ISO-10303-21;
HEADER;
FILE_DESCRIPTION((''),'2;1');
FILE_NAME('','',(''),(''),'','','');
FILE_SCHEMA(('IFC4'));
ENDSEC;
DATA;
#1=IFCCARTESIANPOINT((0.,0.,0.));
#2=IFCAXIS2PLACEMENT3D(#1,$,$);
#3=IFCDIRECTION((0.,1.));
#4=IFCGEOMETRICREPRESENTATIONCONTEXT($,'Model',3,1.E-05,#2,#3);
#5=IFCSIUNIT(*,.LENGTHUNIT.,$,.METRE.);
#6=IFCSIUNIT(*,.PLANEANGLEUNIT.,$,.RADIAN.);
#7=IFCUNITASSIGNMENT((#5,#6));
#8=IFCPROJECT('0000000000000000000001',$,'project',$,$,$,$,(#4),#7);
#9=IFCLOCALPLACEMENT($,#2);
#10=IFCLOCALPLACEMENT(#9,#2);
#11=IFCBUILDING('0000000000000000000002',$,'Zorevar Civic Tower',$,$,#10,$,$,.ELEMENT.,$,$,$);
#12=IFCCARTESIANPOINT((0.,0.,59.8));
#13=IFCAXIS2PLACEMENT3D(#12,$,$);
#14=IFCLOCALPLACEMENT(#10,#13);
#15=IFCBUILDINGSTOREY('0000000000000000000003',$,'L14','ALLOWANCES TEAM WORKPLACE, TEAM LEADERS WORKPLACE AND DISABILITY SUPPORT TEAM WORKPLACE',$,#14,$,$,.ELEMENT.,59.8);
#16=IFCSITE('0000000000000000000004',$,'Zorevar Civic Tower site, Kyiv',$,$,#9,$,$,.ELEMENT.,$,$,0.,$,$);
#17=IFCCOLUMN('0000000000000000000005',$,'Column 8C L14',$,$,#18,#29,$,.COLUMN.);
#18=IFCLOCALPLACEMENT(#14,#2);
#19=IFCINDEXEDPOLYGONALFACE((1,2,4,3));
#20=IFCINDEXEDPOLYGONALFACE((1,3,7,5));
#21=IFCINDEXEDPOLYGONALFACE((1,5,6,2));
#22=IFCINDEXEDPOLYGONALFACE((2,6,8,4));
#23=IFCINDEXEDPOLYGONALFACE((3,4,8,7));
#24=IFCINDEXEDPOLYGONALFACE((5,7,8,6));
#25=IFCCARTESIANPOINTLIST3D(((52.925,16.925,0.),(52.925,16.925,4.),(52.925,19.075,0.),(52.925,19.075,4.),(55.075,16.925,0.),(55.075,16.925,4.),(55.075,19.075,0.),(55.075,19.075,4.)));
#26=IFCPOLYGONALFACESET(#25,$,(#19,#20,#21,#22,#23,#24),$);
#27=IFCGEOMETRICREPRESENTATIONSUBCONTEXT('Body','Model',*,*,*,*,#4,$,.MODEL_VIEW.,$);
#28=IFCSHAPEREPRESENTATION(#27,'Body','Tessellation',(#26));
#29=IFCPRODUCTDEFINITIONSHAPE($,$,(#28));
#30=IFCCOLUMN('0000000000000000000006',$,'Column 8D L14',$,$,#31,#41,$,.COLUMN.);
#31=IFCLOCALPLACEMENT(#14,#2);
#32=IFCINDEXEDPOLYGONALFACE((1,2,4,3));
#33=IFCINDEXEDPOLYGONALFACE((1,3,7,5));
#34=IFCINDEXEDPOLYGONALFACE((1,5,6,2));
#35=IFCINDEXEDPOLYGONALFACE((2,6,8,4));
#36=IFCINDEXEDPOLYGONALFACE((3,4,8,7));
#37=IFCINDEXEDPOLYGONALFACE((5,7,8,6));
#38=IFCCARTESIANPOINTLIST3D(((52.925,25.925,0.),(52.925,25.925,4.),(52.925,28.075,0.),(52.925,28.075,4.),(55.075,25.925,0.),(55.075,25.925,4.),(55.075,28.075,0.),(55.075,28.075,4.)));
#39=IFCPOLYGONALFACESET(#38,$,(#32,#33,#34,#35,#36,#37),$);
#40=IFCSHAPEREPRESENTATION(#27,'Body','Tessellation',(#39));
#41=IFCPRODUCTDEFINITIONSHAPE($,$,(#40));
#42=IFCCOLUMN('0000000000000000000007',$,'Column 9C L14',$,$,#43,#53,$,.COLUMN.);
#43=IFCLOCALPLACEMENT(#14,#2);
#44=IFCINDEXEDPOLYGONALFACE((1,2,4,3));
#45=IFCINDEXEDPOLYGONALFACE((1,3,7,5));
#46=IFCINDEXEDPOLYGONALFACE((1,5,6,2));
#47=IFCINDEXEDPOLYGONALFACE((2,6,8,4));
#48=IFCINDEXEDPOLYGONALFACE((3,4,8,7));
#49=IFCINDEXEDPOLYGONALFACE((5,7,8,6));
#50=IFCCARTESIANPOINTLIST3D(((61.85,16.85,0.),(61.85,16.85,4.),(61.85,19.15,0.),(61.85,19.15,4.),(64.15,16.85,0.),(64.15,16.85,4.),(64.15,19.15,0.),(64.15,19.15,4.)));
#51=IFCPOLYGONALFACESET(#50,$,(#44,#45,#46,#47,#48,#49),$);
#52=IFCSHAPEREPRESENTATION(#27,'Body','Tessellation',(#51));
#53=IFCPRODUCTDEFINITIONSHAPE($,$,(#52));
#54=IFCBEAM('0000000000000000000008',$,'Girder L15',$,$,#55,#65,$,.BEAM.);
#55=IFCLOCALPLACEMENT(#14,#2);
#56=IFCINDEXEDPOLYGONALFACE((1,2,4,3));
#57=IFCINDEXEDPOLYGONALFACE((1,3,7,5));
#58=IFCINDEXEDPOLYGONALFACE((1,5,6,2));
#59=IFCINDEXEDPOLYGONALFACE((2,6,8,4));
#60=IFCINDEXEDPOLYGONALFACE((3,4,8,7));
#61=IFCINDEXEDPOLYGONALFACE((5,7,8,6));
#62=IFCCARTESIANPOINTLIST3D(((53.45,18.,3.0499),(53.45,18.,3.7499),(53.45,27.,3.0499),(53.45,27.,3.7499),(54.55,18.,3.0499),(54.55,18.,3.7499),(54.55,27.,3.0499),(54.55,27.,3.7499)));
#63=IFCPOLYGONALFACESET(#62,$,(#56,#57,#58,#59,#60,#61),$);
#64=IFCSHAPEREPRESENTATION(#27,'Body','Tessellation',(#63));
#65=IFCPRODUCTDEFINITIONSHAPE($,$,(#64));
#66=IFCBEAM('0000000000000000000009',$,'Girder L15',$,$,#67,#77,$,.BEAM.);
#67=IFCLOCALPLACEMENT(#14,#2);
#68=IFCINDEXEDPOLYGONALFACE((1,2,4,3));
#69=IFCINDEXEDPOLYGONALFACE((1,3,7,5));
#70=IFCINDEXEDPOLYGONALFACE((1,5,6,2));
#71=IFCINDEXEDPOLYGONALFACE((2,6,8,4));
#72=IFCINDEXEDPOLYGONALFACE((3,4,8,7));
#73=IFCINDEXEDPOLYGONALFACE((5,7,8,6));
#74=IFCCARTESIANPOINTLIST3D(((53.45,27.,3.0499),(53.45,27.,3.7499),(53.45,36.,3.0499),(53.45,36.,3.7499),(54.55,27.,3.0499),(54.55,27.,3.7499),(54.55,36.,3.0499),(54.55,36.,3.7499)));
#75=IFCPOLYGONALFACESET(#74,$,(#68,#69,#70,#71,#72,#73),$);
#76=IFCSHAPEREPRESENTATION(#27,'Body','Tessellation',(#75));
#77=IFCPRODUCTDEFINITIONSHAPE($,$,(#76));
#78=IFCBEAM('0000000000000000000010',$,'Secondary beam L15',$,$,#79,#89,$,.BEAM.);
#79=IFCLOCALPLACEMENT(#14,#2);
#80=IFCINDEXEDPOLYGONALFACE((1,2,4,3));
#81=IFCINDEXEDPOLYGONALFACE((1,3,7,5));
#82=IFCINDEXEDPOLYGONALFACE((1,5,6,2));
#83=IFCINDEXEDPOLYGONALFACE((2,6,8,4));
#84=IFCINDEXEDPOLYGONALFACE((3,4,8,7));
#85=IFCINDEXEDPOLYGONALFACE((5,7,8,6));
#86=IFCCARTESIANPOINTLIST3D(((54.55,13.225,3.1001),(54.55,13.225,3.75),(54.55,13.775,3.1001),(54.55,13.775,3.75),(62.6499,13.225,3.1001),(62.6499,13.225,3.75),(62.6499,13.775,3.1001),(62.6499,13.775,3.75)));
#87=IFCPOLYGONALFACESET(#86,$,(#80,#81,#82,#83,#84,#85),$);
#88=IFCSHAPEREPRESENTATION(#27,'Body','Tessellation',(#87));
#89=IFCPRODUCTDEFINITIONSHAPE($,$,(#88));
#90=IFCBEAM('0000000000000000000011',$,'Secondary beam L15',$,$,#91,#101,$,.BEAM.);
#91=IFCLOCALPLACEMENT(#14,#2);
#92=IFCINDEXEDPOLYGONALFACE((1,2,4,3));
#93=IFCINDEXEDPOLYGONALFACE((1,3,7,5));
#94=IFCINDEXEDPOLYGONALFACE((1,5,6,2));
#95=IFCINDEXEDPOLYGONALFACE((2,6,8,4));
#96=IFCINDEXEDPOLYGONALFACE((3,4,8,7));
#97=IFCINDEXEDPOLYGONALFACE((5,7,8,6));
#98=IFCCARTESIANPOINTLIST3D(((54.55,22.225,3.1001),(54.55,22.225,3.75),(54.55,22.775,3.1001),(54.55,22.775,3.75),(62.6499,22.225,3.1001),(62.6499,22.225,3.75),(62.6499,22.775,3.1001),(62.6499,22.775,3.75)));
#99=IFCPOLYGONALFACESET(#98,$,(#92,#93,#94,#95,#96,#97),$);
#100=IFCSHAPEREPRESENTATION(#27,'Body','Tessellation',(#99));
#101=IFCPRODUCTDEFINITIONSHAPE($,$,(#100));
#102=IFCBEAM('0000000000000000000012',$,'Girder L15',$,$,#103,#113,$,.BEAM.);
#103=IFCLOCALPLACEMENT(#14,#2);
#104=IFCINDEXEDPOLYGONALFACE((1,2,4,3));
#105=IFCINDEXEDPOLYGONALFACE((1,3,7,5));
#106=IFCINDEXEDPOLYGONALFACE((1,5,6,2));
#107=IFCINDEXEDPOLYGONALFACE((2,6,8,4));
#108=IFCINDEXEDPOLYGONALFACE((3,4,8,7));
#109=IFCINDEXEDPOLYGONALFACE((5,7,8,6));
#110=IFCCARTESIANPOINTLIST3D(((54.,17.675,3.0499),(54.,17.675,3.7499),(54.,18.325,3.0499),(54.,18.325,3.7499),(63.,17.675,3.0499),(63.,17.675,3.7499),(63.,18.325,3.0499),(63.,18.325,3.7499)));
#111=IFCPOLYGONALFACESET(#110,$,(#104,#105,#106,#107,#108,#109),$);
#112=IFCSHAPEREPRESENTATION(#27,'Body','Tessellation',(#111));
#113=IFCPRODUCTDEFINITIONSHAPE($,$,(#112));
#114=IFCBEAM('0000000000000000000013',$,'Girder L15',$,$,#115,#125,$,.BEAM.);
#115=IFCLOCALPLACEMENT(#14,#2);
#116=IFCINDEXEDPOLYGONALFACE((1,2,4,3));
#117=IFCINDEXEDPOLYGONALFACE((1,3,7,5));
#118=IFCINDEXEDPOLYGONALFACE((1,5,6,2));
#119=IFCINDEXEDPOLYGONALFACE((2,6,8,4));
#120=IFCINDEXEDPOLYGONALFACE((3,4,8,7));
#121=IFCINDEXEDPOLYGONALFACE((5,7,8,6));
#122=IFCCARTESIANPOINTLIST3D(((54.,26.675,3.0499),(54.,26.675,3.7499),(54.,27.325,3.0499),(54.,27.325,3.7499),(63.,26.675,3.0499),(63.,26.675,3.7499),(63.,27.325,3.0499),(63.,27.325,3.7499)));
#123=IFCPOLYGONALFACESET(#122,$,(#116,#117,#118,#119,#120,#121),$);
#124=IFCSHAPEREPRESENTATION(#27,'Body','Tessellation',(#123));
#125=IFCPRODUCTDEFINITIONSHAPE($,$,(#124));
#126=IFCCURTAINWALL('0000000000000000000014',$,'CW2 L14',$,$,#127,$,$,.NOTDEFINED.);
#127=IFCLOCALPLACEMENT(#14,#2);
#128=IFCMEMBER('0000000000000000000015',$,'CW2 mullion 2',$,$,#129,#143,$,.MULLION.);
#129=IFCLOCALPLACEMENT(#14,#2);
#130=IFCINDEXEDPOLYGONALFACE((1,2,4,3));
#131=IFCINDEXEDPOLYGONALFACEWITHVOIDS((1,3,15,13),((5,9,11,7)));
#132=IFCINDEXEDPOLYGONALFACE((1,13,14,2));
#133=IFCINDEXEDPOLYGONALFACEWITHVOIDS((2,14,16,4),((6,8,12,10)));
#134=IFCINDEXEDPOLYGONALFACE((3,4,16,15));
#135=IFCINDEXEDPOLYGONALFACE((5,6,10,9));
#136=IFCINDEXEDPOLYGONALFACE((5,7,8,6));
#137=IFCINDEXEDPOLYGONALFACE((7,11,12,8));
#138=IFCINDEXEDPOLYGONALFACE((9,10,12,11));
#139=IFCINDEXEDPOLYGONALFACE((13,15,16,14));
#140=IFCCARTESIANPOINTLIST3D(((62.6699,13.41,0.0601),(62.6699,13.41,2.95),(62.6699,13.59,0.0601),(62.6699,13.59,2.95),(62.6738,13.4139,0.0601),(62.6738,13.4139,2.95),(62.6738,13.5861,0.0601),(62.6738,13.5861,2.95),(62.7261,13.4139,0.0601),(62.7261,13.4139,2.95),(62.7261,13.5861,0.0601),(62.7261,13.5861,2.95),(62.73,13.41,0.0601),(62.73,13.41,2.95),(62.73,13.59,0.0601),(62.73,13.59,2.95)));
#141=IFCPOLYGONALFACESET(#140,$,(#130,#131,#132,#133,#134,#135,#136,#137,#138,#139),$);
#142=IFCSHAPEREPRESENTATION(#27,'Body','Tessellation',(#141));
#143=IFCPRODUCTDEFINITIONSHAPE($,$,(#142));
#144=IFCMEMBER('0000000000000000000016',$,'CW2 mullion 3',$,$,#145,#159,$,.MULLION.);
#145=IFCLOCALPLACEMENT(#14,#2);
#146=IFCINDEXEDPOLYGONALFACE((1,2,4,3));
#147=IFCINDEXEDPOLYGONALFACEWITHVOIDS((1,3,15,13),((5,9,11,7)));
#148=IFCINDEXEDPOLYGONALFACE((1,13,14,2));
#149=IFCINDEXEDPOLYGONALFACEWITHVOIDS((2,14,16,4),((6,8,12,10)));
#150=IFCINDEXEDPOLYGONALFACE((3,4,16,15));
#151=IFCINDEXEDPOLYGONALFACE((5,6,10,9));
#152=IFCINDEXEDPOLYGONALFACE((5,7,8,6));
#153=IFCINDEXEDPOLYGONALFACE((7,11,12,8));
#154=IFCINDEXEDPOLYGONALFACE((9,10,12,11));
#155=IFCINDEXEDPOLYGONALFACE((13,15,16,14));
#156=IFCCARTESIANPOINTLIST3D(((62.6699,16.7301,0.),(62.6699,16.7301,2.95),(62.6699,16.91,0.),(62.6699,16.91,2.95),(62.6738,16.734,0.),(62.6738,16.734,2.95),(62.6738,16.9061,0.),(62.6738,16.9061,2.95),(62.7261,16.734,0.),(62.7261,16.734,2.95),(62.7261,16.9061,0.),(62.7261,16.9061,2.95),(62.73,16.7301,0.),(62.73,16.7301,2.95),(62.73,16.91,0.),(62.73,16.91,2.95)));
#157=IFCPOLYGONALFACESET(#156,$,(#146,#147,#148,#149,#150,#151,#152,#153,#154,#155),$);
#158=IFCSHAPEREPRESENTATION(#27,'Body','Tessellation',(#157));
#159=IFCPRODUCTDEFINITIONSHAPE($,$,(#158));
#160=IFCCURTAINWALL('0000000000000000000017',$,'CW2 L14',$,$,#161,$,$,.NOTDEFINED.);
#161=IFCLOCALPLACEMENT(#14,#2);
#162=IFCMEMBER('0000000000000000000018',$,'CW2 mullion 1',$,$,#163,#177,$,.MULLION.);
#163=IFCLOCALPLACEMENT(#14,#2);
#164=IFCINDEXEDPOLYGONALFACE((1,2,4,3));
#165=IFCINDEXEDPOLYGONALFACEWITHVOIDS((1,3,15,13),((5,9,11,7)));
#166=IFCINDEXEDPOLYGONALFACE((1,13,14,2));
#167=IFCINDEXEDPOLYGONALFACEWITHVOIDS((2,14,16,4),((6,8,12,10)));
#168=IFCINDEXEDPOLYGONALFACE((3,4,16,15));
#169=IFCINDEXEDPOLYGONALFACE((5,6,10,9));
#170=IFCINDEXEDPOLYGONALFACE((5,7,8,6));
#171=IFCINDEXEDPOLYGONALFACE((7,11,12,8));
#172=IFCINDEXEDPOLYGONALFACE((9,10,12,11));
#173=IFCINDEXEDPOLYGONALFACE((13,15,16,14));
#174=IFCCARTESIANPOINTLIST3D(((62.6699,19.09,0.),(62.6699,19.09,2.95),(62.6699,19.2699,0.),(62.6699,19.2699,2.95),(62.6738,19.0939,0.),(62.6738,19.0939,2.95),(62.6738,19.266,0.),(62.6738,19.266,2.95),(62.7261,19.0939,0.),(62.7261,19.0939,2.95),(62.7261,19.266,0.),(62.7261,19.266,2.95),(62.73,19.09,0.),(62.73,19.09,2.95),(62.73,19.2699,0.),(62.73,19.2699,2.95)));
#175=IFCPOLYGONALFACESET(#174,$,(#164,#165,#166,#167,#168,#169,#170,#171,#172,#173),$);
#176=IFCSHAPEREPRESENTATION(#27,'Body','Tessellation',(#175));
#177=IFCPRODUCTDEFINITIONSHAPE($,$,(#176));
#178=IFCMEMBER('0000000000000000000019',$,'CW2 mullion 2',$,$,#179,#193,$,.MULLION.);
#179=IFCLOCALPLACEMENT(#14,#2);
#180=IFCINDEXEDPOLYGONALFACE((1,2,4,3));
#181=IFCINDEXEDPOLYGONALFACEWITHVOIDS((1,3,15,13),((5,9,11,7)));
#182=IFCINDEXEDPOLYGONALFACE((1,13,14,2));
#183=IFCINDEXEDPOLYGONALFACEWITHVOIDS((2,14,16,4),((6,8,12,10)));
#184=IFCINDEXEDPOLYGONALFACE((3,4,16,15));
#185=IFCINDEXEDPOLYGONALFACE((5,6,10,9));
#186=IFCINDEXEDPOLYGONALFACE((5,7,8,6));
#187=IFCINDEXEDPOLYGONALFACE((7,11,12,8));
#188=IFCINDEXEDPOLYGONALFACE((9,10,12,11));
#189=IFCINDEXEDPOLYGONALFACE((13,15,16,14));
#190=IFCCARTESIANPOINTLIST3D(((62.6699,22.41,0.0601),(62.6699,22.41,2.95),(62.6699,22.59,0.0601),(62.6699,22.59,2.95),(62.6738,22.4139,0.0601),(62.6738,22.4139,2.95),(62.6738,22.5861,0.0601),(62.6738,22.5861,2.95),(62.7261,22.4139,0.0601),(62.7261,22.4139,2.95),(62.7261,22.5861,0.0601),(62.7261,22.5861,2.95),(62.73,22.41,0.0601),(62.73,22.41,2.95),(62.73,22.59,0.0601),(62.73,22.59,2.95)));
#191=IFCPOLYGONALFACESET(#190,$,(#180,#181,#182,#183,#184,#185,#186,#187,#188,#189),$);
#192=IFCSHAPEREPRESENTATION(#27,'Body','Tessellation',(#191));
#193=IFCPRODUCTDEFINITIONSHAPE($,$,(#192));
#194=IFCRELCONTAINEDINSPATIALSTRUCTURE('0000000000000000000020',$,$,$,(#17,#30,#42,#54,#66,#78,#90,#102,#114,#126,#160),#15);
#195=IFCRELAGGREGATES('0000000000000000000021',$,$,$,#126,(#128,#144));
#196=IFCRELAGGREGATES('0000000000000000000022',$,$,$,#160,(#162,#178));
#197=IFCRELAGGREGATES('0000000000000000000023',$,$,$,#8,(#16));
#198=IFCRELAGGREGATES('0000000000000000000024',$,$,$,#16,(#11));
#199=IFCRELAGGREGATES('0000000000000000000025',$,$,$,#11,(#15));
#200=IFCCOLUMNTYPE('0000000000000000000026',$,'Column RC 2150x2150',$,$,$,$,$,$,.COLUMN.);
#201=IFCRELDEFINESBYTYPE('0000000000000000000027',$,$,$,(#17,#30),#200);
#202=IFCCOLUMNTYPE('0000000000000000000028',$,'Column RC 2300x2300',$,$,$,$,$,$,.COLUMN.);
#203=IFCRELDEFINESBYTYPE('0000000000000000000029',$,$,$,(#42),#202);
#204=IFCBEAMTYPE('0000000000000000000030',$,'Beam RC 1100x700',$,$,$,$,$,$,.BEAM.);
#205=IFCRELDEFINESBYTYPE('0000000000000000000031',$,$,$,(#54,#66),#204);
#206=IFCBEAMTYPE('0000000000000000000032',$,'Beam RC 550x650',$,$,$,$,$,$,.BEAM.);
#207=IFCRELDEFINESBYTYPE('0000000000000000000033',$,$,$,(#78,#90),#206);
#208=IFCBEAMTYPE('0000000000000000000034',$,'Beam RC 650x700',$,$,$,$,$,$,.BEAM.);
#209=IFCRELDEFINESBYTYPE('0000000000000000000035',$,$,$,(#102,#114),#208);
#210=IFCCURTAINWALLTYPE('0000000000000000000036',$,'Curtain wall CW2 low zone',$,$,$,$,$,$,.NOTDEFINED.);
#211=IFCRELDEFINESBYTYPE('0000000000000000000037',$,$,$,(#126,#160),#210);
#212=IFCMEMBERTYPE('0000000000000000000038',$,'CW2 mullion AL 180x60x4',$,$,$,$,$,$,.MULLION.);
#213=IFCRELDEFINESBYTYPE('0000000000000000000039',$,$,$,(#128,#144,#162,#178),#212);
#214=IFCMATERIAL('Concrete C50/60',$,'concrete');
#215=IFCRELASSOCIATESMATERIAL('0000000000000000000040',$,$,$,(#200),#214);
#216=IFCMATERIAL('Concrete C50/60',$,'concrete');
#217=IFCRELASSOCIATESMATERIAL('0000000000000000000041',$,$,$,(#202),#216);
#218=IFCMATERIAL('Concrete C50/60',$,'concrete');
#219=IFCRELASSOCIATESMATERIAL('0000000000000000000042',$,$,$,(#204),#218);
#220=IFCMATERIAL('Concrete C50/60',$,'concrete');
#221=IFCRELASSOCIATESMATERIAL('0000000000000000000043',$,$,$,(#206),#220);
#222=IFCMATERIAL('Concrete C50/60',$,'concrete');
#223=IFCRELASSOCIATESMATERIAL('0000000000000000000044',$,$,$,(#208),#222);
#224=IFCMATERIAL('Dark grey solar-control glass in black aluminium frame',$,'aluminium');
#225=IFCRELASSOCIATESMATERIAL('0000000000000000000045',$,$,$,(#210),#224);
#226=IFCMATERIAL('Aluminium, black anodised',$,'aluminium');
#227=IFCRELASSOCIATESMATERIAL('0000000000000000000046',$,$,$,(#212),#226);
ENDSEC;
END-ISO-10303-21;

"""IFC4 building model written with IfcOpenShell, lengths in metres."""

from ifc_helpers import new_model, si_unit, direction, frame, origin, origin_2d, place, context, subcontext, project, spatial, rectangle, hollow_rectangle, extrude, material, material_profile, profile_set, type_object, element, aggregate, save


model = new_model("IFC4")

# Units and contexts
model_context = context("Model", 3, precision=1e-05, world=origin(), true_north=direction((0.0, 1.0)))
body_context = subcontext(model_context, "Body", "Model", "MODEL_VIEW")
ifc_project = project(units=[si_unit("LENGTHUNIT", "METRE"), si_unit("PLANEANGLEUNIT", "RADIAN")], contexts=[model_context])

# Site, building, storey
site_placement = place(None, origin())
site = spatial("IfcSite", under=ifc_project, at=site_placement, Name="Zorevar Civic Tower site, Kyiv", CompositionType="ELEMENT", RefElevation=0.0)
building_placement = place(site_placement, origin())
building = spatial("IfcBuilding", under=site, at=building_placement, Name="Zorevar Civic Tower", CompositionType="ELEMENT")
storey_placement = place(building_placement, frame((0.0, 0.0, 59.8)))
storey = spatial("IfcBuildingStorey", under=building, at=storey_placement, Name="L14", Description="ALLOWANCES TEAM WORKPLACE, TEAM LEADERS WORKPLACE AND DISABILITY SUPPORT TEAM WORKPLACE", CompositionType="ELEMENT", Elevation=59.8)

# Columns
ifc_material_1 = material(Name="Concrete C50/60", Category="concrete")
ifc_material_profile_1 = material_profile(ifc_material_1, rectangle(XDim=2.1499, YDim=2.1499, at=origin_2d()), Name="RC 2150x2150")
ifc_profile_set_1 = profile_set([ifc_material_profile_1], Name="Concrete C50/60")
column_type_1 = type_object("IfcColumnType", Name="Column RC 2150x2150", PredefinedType="COLUMN", material=ifc_profile_set_1)
for number, where, z_axis, x_axis, name in (
    (1, (54.0, 18.0, 0.0), (0.0, 0.0, 1.0), (1.0, 0.0, 0.0), "Column 8C L14"),
    (2, (54.0, 27.0, 0.0), (0.0, 0.0, 1.0), (1.0, 0.0, 0.0), "Column 8D L14"),
):
    element("IfcColumn", number, at=place(storey_placement, frame(where, z_axis=z_axis, x_axis=x_axis)), inside=storey, type_object=column_type_1, Name=name, PredefinedType="COLUMN", context=body_context, shape_type="SweptSolid", body=[
        extrude(rectangle(XDim=2.1499, YDim=2.1499, at=origin_2d()), origin(), (0.0, 0.0, 1.0), 4.0),
    ])
ifc_material_2 = material(Name="Concrete C50/60", Category="concrete")
ifc_material_profile_2 = material_profile(ifc_material_2, rectangle(XDim=2.3, YDim=2.3, at=origin_2d()), Name="RC 2300x2300")
ifc_profile_set_2 = profile_set([ifc_material_profile_2], Name="Concrete C50/60")
column_type_2 = type_object("IfcColumnType", Name="Column RC 2300x2300", PredefinedType="COLUMN", material=ifc_profile_set_2)
column_placement = place(storey_placement, frame((63.0, 18.0, 0.0), z_axis=(0.0, 0.0, 1.0), x_axis=(1.0, 0.0, 0.0)))
element("IfcColumn", 3, at=column_placement, inside=storey, type_object=column_type_2, Name="Column 9C L14", PredefinedType="COLUMN", context=body_context, shape_type="SweptSolid", body=[
    extrude(rectangle(XDim=2.3, YDim=2.3, at=origin_2d()), origin(), (0.0, 0.0, 1.0), 4.0),
])

# Beams
ifc_material_3 = material(Name="Concrete C50/60", Category="concrete")
ifc_material_profile_3 = material_profile(ifc_material_3, rectangle(XDim=1.1001, YDim=0.7, at=origin_2d()), Name="RC 1100x700")
ifc_profile_set_3 = profile_set([ifc_material_profile_3], Name="Concrete C50/60")
beam_type_1 = type_object("IfcBeamType", Name="Beam RC 1100x700", PredefinedType="BEAM", material=ifc_profile_set_3)
for number, where, z_axis, x_axis, name in (
    (4, (54.0, 18.0, 3.3999), (0.0, 1.0, 0.0), (-1.0, 0.0, 0.0), "Girder L15"),
    (5, (54.0, 27.0, 3.3999), (0.0, 1.0, 0.0), (-1.0, 0.0, 0.0), "Girder L15"),
):
    element("IfcBeam", number, at=place(storey_placement, frame(where, z_axis=z_axis, x_axis=x_axis)), inside=storey, type_object=beam_type_1, Name=name, PredefinedType="BEAM", context=body_context, shape_type="SweptSolid", body=[
        extrude(rectangle(XDim=1.1001, YDim=0.7, at=origin_2d()), origin(), (0.0, 0.0, 1.0), 9.0),
    ])
ifc_material_4 = material(Name="Concrete C50/60", Category="concrete")
ifc_material_profile_4 = material_profile(ifc_material_4, rectangle(XDim=0.55, YDim=0.6499, at=origin_2d()), Name="RC 550x650")
ifc_profile_set_4 = profile_set([ifc_material_profile_4], Name="Concrete C50/60")
beam_type_2 = type_object("IfcBeamType", Name="Beam RC 550x650", PredefinedType="BEAM", material=ifc_profile_set_4)
for number, where, z_axis, x_axis, name in (
    (6, (54.55, 13.5, 3.425), (1.0, 0.0, 0.0), (0.0, 1.0, 0.0), "Secondary beam L15"),
    (7, (54.55, 22.5, 3.425), (1.0, 0.0, 0.0), (0.0, 1.0, 0.0), "Secondary beam L15"),
):
    element("IfcBeam", number, at=place(storey_placement, frame(where, z_axis=z_axis, x_axis=x_axis)), inside=storey, type_object=beam_type_2, Name=name, PredefinedType="BEAM", context=body_context, shape_type="SweptSolid", body=[
        extrude(rectangle(XDim=0.55, YDim=0.6499, at=origin_2d()), origin(), (0.0, 0.0, 1.0), 8.0999),
    ])
ifc_material_5 = material(Name="Concrete C50/60", Category="concrete")
ifc_material_profile_5 = material_profile(ifc_material_5, rectangle(XDim=0.6499, YDim=0.7, at=origin_2d()), Name="RC 650x700")
ifc_profile_set_5 = profile_set([ifc_material_profile_5], Name="Concrete C50/60")
beam_type_3 = type_object("IfcBeamType", Name="Beam RC 650x700", PredefinedType="BEAM", material=ifc_profile_set_5)
for number, where, z_axis, x_axis, name in (
    (8, (54.0, 18.0, 3.3999), (1.0, 0.0, 0.0), (0.0, 1.0, 0.0), "Girder L15"),
    (9, (54.0, 27.0, 3.3999), (1.0, 0.0, 0.0), (0.0, 1.0, 0.0), "Girder L15"),
):
    element("IfcBeam", number, at=place(storey_placement, frame(where, z_axis=z_axis, x_axis=x_axis)), inside=storey, type_object=beam_type_3, Name=name, PredefinedType="BEAM", context=body_context, shape_type="SweptSolid", body=[
        extrude(rectangle(XDim=0.6499, YDim=0.7, at=origin_2d()), origin(), (0.0, 0.0, 1.0), 9.0),
    ])

# Curtain walls, members
ifc_material_6 = material(Name="Dark grey solar-control glass in black aluminium frame", Category="aluminium")
curtain_wall_type = type_object("IfcCurtainWallType", Name="Curtain wall CW2 low zone", PredefinedType="NOTDEFINED", material=ifc_material_6)
curtain_wall_1_placement = place(storey_placement, origin())
curtain_wall_1 = element("IfcCurtainWall", 10, at=curtain_wall_1_placement, inside=storey, type_object=curtain_wall_type, Name="CW2 L14", PredefinedType="NOTDEFINED")
ifc_material_7 = material(Name="Aluminium, black anodised", Category="aluminium")
ifc_material_profile_6 = material_profile(ifc_material_7, hollow_rectangle(XDim=0.0601, YDim=0.1799, WallThickness=0.0039, at=origin_2d()), Name="AL 180x60x4")
ifc_profile_set_6 = profile_set([ifc_material_profile_6], Name="Aluminium, black anodised")
member_type_1 = type_object("IfcMemberType", Name="CW2 mullion AL 180x60x4", PredefinedType="MULLION", material=ifc_profile_set_6)
member_1_placement = place(storey_placement, frame((62.7, 13.5, 0.0601), z_axis=(0.0, 0.0, 1.0), x_axis=(-1.0, 0.0, 0.0)))
member_1 = element("IfcMember", 11, at=member_1_placement, type_object=member_type_1, Name="CW2 mullion 2", PredefinedType="MULLION", context=body_context, shape_type="SweptSolid", body=[
    extrude(hollow_rectangle(XDim=0.0601, YDim=0.1799, WallThickness=0.0039, at=origin_2d()), origin(), (0.0, 0.0, 1.0), 2.8899),
])
member_2_placement = place(storey_placement, frame((62.7, 16.8201, 0.0), z_axis=(0.0, 0.0, 1.0), x_axis=(-1.0, 0.0, 0.0)))
member_2 = element("IfcMember", 12, at=member_2_placement, type_object=member_type_1, Name="CW2 mullion 3", PredefinedType="MULLION", context=body_context, shape_type="SweptSolid", body=[
    extrude(hollow_rectangle(XDim=0.0601, YDim=0.1799, WallThickness=0.0039, at=origin_2d()), origin(), (0.0, 0.0, 1.0), 2.95),
])
curtain_wall_2_placement = place(storey_placement, origin())
curtain_wall_2 = element("IfcCurtainWall", 13, at=curtain_wall_2_placement, inside=storey, type_object=curtain_wall_type, Name="CW2 L14", PredefinedType="NOTDEFINED")
member_3_placement = place(storey_placement, frame((62.7, 19.1799, 0.0), z_axis=(0.0, 0.0, 1.0), x_axis=(-1.0, 0.0, 0.0)))
member_3 = element("IfcMember", 14, at=member_3_placement, type_object=member_type_1, Name="CW2 mullion 1", PredefinedType="MULLION", context=body_context, shape_type="SweptSolid", body=[
    extrude(hollow_rectangle(XDim=0.0601, YDim=0.1799, WallThickness=0.0039, at=origin_2d()), origin(), (0.0, 0.0, 1.0), 2.95),
])
member_4_placement = place(storey_placement, frame((62.7, 22.5, 0.0601), z_axis=(0.0, 0.0, 1.0), x_axis=(-1.0, 0.0, 0.0)))
member_4 = element("IfcMember", 15, at=member_4_placement, type_object=member_type_1, Name="CW2 mullion 2", PredefinedType="MULLION", context=body_context, shape_type="SweptSolid", body=[
    extrude(hollow_rectangle(XDim=0.0601, YDim=0.1799, WallThickness=0.0039, at=origin_2d()), origin(), (0.0, 0.0, 1.0), 2.8899),
])

aggregate(curtain_wall_1, [member_1, member_2])
aggregate(curtain_wall_2, [member_3, member_4])

save(model, "model.ifc")
